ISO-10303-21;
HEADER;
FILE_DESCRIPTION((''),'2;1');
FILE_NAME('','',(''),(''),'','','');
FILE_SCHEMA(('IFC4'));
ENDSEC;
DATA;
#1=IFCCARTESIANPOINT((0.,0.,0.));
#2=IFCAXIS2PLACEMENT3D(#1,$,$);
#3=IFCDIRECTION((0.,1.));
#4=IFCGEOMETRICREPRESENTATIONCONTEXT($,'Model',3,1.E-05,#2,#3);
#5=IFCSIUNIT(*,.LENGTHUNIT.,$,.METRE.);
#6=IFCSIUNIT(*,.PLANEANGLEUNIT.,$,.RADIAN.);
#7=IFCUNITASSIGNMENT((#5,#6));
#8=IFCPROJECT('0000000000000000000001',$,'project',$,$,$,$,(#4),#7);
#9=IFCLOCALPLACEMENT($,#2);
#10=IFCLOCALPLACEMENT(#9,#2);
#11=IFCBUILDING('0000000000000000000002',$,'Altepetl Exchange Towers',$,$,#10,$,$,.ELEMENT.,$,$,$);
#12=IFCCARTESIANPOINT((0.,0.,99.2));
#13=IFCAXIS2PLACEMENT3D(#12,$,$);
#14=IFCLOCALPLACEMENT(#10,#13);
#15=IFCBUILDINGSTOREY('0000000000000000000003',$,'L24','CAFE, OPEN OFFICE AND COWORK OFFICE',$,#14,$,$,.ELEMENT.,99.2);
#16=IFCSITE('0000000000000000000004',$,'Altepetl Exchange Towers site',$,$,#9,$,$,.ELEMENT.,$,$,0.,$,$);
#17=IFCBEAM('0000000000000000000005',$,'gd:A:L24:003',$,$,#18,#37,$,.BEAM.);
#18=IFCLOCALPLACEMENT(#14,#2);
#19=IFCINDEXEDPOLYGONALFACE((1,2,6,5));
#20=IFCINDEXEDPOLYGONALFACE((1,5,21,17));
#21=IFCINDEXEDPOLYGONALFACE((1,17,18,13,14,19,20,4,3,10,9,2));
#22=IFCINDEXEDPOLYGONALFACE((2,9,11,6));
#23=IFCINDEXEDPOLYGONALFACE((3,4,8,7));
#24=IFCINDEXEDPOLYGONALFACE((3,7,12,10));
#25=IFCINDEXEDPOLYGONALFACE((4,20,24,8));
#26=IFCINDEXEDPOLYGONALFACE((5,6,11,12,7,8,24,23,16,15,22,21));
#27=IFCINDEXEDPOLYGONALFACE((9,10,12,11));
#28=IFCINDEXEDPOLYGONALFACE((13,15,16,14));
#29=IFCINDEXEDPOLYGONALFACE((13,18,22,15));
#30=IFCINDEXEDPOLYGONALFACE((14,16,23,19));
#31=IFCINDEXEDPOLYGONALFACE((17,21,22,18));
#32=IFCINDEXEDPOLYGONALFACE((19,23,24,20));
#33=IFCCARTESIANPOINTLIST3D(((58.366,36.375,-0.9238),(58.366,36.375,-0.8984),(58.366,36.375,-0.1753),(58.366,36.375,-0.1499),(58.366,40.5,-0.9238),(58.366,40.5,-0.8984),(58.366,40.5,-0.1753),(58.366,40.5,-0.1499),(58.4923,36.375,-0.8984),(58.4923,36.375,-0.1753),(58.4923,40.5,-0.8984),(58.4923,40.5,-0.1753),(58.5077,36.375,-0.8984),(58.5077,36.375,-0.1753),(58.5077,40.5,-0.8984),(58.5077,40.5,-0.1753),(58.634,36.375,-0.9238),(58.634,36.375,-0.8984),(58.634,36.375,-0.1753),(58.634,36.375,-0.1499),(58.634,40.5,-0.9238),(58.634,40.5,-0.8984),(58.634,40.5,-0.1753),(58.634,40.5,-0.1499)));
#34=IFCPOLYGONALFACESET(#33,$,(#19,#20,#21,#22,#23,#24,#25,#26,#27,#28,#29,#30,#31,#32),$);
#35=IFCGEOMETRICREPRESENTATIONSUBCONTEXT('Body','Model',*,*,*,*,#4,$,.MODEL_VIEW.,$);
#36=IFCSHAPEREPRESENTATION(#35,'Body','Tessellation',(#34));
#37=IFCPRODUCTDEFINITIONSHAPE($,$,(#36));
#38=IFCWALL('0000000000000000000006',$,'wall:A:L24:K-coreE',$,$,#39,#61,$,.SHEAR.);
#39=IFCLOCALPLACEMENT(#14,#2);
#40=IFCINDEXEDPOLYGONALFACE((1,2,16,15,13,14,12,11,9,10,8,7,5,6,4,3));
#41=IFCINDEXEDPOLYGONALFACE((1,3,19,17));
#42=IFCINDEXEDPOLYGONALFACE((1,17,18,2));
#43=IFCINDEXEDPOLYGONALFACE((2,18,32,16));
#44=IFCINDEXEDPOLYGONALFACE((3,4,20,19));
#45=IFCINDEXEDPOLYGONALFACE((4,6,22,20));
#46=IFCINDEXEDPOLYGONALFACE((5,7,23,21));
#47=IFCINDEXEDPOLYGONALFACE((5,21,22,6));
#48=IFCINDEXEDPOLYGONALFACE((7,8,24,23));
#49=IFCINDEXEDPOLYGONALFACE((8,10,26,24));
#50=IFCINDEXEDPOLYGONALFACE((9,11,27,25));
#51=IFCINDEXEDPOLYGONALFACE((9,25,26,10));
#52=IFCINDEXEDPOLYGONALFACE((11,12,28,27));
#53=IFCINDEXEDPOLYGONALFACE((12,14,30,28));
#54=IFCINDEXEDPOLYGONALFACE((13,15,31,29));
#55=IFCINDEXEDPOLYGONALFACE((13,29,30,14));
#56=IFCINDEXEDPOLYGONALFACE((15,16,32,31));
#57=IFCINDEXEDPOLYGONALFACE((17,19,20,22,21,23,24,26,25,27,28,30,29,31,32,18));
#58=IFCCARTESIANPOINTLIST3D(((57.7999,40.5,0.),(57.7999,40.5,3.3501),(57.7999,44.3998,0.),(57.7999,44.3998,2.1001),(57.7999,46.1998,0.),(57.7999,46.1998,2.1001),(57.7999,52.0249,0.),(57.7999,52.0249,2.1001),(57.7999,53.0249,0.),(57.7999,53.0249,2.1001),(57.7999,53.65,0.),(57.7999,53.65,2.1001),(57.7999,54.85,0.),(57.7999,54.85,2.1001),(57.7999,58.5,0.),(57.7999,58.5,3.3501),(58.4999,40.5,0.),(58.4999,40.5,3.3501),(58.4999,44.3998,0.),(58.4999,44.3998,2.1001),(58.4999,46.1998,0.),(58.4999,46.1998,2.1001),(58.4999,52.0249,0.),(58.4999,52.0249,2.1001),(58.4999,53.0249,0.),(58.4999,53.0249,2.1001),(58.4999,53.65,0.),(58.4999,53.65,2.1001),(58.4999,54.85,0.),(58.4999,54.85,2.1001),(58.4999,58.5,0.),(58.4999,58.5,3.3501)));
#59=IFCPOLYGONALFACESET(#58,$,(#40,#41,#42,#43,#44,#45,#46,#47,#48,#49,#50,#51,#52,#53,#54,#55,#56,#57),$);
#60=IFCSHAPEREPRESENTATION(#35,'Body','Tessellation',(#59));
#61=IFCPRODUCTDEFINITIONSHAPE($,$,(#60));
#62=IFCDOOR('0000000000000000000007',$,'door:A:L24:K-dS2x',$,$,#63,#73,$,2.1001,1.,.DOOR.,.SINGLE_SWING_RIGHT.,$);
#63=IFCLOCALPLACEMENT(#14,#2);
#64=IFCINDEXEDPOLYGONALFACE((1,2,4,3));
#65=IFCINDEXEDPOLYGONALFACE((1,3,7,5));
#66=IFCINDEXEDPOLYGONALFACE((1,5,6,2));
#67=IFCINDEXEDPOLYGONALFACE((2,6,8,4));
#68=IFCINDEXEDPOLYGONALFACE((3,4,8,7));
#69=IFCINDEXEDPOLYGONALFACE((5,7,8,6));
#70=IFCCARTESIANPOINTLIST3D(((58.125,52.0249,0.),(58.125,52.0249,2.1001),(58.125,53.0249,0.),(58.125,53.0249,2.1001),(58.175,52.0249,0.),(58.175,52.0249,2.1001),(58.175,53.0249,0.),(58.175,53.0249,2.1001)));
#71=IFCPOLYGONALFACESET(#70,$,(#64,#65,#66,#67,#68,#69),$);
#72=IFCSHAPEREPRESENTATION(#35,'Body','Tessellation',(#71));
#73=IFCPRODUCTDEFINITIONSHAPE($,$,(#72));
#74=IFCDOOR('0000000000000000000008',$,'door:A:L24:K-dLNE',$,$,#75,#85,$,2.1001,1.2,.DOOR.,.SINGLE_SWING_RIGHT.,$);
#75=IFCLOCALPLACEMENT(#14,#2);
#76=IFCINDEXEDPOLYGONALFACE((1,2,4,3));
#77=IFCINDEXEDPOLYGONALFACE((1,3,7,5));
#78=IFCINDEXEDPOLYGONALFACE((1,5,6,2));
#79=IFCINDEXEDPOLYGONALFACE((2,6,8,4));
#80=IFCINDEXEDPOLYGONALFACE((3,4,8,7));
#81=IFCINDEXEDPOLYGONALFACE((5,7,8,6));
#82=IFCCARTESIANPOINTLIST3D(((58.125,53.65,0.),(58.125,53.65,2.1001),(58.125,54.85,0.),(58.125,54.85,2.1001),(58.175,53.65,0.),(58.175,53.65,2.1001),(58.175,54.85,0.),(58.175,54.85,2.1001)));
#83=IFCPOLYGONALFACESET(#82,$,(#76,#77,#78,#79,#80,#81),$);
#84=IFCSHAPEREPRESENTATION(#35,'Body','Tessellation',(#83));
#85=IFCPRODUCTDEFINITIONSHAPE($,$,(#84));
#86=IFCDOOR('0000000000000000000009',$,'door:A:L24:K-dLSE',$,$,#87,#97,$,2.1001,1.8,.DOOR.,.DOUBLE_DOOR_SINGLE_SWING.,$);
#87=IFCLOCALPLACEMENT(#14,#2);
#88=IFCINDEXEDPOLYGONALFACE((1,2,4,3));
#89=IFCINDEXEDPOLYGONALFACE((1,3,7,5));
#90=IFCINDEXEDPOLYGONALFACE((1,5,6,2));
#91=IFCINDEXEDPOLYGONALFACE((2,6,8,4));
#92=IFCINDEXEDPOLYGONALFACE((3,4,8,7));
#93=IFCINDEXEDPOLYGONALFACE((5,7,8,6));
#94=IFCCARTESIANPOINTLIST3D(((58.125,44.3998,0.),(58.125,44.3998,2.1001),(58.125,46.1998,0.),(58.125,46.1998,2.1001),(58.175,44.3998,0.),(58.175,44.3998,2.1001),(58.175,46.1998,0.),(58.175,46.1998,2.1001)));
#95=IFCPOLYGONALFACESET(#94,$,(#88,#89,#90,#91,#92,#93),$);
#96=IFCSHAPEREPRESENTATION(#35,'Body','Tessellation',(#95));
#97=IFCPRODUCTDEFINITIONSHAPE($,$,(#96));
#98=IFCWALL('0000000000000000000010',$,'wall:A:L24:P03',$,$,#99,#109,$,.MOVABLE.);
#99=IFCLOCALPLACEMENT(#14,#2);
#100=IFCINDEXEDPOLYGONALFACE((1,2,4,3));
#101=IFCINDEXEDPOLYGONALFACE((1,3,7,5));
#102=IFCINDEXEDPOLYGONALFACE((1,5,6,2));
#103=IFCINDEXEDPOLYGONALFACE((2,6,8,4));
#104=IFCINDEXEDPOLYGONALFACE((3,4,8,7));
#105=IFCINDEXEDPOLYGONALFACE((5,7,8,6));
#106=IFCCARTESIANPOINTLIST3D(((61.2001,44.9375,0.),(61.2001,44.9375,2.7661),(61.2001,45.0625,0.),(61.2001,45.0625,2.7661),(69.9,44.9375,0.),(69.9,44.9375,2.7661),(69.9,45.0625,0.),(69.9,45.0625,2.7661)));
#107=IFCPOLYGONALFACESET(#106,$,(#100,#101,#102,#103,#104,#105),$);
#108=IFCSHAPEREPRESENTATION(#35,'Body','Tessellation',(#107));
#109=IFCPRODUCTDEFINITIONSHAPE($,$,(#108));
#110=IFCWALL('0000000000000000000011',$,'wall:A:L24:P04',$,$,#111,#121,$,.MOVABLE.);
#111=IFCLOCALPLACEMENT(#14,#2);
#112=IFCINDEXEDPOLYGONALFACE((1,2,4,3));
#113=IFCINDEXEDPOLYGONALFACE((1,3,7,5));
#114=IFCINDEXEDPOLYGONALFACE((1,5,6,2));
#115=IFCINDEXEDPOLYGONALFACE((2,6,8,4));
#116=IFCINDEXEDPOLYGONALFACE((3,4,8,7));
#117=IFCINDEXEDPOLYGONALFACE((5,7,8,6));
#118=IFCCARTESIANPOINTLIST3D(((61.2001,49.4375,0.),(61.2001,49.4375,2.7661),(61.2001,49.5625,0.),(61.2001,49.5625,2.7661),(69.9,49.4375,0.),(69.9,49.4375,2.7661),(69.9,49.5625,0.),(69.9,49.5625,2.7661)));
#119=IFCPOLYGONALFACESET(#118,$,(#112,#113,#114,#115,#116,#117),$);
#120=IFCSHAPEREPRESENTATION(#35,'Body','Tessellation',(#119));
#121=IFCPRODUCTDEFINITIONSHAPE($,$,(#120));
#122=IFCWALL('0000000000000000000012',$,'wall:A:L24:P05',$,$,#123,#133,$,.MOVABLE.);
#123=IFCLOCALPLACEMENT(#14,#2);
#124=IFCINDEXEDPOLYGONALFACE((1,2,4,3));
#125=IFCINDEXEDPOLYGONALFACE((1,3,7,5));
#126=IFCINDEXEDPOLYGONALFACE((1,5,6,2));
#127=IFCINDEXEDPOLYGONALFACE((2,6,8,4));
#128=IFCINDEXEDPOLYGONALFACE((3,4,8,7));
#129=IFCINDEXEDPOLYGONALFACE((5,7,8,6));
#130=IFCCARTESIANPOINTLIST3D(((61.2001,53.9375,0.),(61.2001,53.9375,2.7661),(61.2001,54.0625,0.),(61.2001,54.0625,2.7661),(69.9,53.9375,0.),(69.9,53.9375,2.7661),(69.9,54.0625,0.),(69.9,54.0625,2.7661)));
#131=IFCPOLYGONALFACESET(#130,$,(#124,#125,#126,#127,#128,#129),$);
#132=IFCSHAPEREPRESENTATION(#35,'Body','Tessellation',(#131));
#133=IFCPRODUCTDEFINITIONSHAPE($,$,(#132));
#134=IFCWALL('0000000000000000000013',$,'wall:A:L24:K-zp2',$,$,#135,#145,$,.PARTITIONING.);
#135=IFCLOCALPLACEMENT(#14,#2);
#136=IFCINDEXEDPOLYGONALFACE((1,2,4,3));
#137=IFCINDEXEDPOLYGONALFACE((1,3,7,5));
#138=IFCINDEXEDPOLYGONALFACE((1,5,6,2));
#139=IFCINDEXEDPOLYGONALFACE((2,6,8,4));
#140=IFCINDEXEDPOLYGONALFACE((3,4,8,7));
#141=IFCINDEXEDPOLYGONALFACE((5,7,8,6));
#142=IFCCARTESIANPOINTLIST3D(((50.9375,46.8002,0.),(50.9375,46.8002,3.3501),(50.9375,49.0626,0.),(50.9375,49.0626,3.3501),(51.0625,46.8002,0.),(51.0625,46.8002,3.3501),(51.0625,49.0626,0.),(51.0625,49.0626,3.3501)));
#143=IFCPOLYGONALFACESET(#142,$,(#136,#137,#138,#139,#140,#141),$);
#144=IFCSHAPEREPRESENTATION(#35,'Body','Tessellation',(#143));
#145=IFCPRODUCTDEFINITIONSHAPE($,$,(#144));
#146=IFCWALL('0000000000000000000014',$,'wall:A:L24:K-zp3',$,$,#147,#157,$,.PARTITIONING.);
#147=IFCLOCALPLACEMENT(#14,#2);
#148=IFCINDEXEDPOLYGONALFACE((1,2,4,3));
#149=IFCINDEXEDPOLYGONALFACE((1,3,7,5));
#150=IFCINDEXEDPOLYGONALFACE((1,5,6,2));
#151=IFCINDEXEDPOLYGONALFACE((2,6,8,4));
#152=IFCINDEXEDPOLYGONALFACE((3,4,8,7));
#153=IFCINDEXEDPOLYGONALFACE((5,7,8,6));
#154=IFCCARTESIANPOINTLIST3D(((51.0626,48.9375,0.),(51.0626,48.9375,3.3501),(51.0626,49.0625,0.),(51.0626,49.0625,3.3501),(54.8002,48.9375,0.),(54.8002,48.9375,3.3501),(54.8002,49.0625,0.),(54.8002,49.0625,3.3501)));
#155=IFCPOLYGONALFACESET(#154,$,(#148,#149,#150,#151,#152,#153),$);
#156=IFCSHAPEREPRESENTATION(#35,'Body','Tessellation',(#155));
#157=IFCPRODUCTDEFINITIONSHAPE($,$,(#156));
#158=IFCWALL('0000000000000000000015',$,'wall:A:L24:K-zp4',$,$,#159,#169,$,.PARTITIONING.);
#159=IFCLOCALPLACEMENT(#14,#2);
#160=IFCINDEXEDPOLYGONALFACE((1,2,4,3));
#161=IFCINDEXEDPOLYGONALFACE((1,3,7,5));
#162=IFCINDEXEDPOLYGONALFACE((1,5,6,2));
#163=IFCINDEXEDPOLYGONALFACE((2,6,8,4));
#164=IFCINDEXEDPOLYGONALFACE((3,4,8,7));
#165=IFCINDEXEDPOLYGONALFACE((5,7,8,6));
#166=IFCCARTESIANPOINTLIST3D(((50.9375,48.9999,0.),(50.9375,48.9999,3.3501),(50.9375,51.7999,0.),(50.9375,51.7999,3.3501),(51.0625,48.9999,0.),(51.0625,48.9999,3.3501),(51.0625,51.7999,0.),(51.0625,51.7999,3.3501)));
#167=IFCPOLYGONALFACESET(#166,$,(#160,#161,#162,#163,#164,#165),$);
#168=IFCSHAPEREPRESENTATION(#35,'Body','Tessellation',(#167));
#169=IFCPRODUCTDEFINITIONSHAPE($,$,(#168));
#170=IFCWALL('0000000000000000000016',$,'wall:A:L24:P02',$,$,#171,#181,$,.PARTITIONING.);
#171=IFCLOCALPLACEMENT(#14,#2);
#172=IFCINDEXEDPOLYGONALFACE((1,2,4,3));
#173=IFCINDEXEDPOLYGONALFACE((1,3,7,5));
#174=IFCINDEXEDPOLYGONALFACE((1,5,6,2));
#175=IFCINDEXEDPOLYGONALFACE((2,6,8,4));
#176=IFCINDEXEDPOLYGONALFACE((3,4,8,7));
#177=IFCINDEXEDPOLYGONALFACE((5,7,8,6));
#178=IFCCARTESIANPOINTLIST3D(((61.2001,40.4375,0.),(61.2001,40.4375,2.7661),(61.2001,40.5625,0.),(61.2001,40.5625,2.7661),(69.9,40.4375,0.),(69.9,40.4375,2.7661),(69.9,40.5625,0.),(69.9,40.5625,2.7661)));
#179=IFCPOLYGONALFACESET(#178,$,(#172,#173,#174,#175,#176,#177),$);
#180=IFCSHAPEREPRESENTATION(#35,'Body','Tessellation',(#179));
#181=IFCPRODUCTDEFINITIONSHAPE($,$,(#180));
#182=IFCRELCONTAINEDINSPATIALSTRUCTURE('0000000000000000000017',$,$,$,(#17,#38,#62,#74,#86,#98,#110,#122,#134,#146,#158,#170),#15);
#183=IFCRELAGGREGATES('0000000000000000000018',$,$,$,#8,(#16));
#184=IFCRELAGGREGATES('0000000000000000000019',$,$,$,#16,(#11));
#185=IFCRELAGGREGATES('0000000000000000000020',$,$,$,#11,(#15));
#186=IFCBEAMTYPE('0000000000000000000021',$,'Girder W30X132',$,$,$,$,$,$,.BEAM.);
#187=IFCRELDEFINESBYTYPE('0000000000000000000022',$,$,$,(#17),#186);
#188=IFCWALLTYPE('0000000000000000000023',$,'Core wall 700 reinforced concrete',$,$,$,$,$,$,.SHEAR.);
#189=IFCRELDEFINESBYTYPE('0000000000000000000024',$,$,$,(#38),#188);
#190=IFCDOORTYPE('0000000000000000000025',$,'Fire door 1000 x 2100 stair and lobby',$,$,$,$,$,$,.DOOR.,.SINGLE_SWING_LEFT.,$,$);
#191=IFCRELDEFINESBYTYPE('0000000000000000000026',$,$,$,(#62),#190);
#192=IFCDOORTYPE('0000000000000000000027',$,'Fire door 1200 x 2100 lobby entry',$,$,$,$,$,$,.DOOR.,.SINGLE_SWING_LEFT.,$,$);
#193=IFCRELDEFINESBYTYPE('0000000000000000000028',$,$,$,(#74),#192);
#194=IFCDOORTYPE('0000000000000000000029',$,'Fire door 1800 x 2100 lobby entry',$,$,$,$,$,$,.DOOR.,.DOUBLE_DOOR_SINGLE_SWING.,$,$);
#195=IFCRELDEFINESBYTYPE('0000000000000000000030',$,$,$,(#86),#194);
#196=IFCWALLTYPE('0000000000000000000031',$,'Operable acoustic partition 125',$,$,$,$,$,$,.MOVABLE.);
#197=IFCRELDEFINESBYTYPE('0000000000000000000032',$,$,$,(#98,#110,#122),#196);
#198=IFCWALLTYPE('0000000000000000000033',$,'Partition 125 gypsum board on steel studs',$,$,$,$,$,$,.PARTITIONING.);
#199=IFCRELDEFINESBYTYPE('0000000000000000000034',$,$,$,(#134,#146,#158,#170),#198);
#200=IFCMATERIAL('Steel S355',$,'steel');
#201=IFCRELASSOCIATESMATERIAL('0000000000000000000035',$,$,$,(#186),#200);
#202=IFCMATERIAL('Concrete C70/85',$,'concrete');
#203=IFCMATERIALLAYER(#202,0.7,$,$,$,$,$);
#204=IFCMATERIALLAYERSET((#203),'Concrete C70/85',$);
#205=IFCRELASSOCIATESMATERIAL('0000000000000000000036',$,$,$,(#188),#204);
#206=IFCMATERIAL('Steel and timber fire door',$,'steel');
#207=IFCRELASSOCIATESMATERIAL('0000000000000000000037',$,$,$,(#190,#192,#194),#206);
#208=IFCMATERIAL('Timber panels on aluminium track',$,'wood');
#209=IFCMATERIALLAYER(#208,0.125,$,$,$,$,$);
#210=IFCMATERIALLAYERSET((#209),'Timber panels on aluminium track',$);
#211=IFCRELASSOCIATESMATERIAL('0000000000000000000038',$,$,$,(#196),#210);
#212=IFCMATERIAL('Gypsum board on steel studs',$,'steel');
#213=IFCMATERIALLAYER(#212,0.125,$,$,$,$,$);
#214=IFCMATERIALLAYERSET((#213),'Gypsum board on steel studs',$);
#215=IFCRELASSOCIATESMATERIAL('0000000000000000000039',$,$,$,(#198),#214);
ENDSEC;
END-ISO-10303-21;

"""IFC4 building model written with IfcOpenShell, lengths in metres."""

from ifc_helpers import new_model, si_unit, direction, frame, frame_2d, origin, origin_2d, place, context, subcontext, project, spatial, rectangle, i_section, extrude, material, layer, layer_set, material_profile, profile_set, type_object, element, fill, save


model = new_model("IFC4")

# Units and contexts
model_context = context("Model", 3, precision=1e-05, world=origin(), true_north=direction((0.0, 1.0)))
body_context = subcontext(model_context, "Body", "Model", "MODEL_VIEW")
ifc_project = project(units=[si_unit("LENGTHUNIT", "METRE"), si_unit("PLANEANGLEUNIT", "RADIAN")], contexts=[model_context])

# Site, building, storey
site_placement = place(None, origin())
site = spatial("IfcSite", under=ifc_project, at=site_placement, Name="Altepetl Exchange Towers site", CompositionType="ELEMENT", RefElevation=0.0)
building_placement = place(site_placement, origin())
building = spatial("IfcBuilding", under=site, at=building_placement, Name="Altepetl Exchange Towers", CompositionType="ELEMENT")
storey_placement = place(building_placement, frame((0.0, 0.0, 99.2)))
storey = spatial("IfcBuildingStorey", under=building, at=storey_placement, Name="L24", Description="CAFE, OPEN OFFICE AND COWORK OFFICE", CompositionType="ELEMENT", Elevation=99.2)

# Shared definitions
ifc_material_1 = material(Name="Concrete C70/85", Category="concrete")

# Beam
ifc_material_2 = material(Name="Steel S355", Category="steel")
ifc_material_profile_1 = material_profile(ifc_material_2, i_section(OverallWidth=0.2681, OverallDepth=0.7739, WebThickness=0.0154, FlangeThickness=0.0254, at=origin_2d()), Name="W30X132")
ifc_profile_set_1 = profile_set([ifc_material_profile_1], Name="Steel S355")
beam_type_1 = type_object("IfcBeamType", Name="Girder W30X132", PredefinedType="BEAM", material=ifc_profile_set_1)
beam_1_placement = place(storey_placement, frame((58.5, 40.5, -0.5369), z_axis=(0.0, -1.0, 0.0), x_axis=(1.0, 0.0, 0.0)))
element("IfcBeam", 1, at=beam_1_placement, inside=storey, type_object=beam_type_1, Name="gd:A:L24:003", PredefinedType="BEAM", context=body_context, shape_type="SweptSolid", body=[
    extrude(i_section(OverallWidth=0.2681, OverallDepth=0.7739, WebThickness=0.0154, FlangeThickness=0.0254, at=origin_2d()), origin(), (0.0, 0.0, 1.0), 4.125),
])

# Wall, openings, doors
ifc_layer_1 = layer(ifc_material_1, 0.7)
ifc_layer_set_1 = layer_set([ifc_layer_1], Name="Concrete C70/85")
wall_type_1 = type_object("IfcWallType", Name="Core wall 700 reinforced concrete", PredefinedType="SHEAR", material=ifc_layer_set_1)
wall_1_placement = place(storey_placement, frame((58.1499, 40.5, 0.0), z_axis=(0.0, 0.0, 1.0), x_axis=(0.0, 1.0, 0.0)))
wall_1 = element("IfcWall", 2, at=wall_1_placement, inside=storey, type_object=wall_type_1, Name="wall:A:L24:K-coreE", PredefinedType="SHEAR", context=body_context, shape_type="SweptSolid", body=[
    extrude(rectangle(XDim=18.0, YDim=0.7, at=frame_2d((9.0, 0.0))), origin(), (0.0, 0.0, 1.0), 3.3501),
])
opening_1_placement = place(wall_1_placement, frame((13.1499, 0.0, 0.0)))
opening_1 = element("IfcOpeningElement", 3, at=opening_1_placement, cuts=wall_1, PredefinedType="OPENING", context=body_context, shape_type="SweptSolid", body=[
    extrude(rectangle(XDim=1.2, YDim=2.1001, at=frame_2d((0.6001, 1.05))), frame((0.0, 0.3599, 0.0), z_axis=(0.0, -1.0, 0.0), x_axis=(1.0, 0.0, 0.0)), (0.0, 0.0, 1.0), 0.72),
])
opening_2_placement = place(wall_1_placement, frame((3.8999, 0.0, 0.0)))
opening_2 = element("IfcOpeningElement", 4, at=opening_2_placement, cuts=wall_1, PredefinedType="OPENING", context=body_context, shape_type="SweptSolid", body=[
    extrude(rectangle(XDim=1.8, YDim=2.1001, at=frame_2d((0.8999, 1.05))), frame((0.0, 0.3599, 0.0), z_axis=(0.0, -1.0, 0.0), x_axis=(1.0, 0.0, 0.0)), (0.0, 0.0, 1.0), 0.72),
])
opening_3_placement = place(wall_1_placement, frame((11.5249, 0.0, 0.0)))
opening_3 = element("IfcOpeningElement", 5, at=opening_3_placement, cuts=wall_1, PredefinedType="OPENING", context=body_context, shape_type="SweptSolid", body=[
    extrude(rectangle(XDim=1.0, YDim=2.1001, at=frame_2d((0.5, 1.05))), frame((0.0, 0.3599, 0.0), z_axis=(0.0, -1.0, 0.0), x_axis=(1.0, 0.0, 0.0)), (0.0, 0.0, 1.0), 0.72),
])
ifc_material_3 = material(Name="Steel and timber fire door", Category="steel")
door_type_1 = type_object("IfcDoorType", Name="Fire door 1000 x 2100 stair and lobby", OperationType="SINGLE_SWING_LEFT", PredefinedType="DOOR", material=ifc_material_3)
door_1_placement = place(opening_3_placement, origin())
door_1 = element("IfcDoor", 6, at=door_1_placement, inside=storey, type_object=door_type_1, Name="door:A:L24:K-dS2x", OperationType="SINGLE_SWING_RIGHT", OverallHeight=2.1001, OverallWidth=1.0, PredefinedType="DOOR", context=body_context, shape_type="SweptSolid", body=[
    extrude(rectangle(XDim=1.0, YDim=2.1001, at=frame_2d((0.5, 1.05))), frame((0.0, 0.0249, 0.0), z_axis=(0.0, -1.0, 0.0), x_axis=(1.0, 0.0, 0.0)), (0.0, 0.0, 1.0), 0.05),
])
fill(opening_3, door_1)
door_type_2 = type_object("IfcDoorType", Name="Fire door 1200 x 2100 lobby entry", OperationType="SINGLE_SWING_LEFT", PredefinedType="DOOR", material=ifc_material_3)
door_2_placement = place(opening_1_placement, origin())
door_2 = element("IfcDoor", 7, at=door_2_placement, inside=storey, type_object=door_type_2, Name="door:A:L24:K-dLNE", OperationType="SINGLE_SWING_RIGHT", OverallHeight=2.1001, OverallWidth=1.2, PredefinedType="DOOR", context=body_context, shape_type="SweptSolid", body=[
    extrude(rectangle(XDim=1.2, YDim=2.1001, at=frame_2d((0.6001, 1.05))), frame((0.0, 0.0249, 0.0), z_axis=(0.0, -1.0, 0.0), x_axis=(1.0, 0.0, 0.0)), (0.0, 0.0, 1.0), 0.05),
])
fill(opening_1, door_2)
door_type_3 = type_object("IfcDoorType", Name="Fire door 1800 x 2100 lobby entry", OperationType="DOUBLE_DOOR_SINGLE_SWING", PredefinedType="DOOR", material=ifc_material_3)
door_3_placement = place(opening_2_placement, origin())
door_3 = element("IfcDoor", 8, at=door_3_placement, inside=storey, type_object=door_type_3, Name="door:A:L24:K-dLSE", OperationType="DOUBLE_DOOR_SINGLE_SWING", OverallHeight=2.1001, OverallWidth=1.8, PredefinedType="DOOR", context=body_context, shape_type="SweptSolid", body=[
    extrude(rectangle(XDim=1.8, YDim=2.1001, at=frame_2d((0.8999, 1.05))), frame((0.0, 0.0249, 0.0), z_axis=(0.0, -1.0, 0.0), x_axis=(1.0, 0.0, 0.0)), (0.0, 0.0, 1.0), 0.05),
])
fill(opening_2, door_3)

# Walls
ifc_material_4 = material(Name="Timber panels on aluminium track", Category="wood")
ifc_layer_2 = layer(ifc_material_4, 0.125)
ifc_layer_set_2 = layer_set([ifc_layer_2], Name="Timber panels on aluminium track")
wall_type_2 = type_object("IfcWallType", Name="Operable acoustic partition 125", PredefinedType="MOVABLE", material=ifc_layer_set_2)
for number, where, name in (
    (9, (61.2, 45.0, 0.0), "wall:A:L24:P03"),
    (10, (61.2, 49.5, 0.0), "wall:A:L24:P04"),
    (11, (61.2, 54.0, 0.0), "wall:A:L24:P05"),
):
    element("IfcWall", number, at=place(storey_placement, frame(where)), inside=storey, type_object=wall_type_2, Name=name, PredefinedType="MOVABLE", context=body_context, shape_type="SweptSolid", body=[
        extrude(rectangle(XDim=8.7, YDim=0.125, at=frame_2d((4.3501, 0.0))), origin(), (0.0, 0.0, 1.0), 2.7661),
    ])
ifc_material_5 = material(Name="Gypsum board on steel studs", Category="steel")
ifc_layer_3 = layer(ifc_material_5, 0.125)
ifc_layer_set_3 = layer_set([ifc_layer_3], Name="Gypsum board on steel studs")
wall_type_3 = type_object("IfcWallType", Name="Partition 125 gypsum board on steel studs", PredefinedType="PARTITIONING", material=ifc_layer_set_3)
wall_2_placement = place(storey_placement, frame((51.0, 46.8, 0.0), z_axis=(0.0, 0.0, 1.0), x_axis=(0.0, 1.0, 0.0)))
element("IfcWall", 12, at=wall_2_placement, inside=storey, type_object=wall_type_3, Name="wall:A:L24:K-zp2", PredefinedType="PARTITIONING", context=body_context, shape_type="SweptSolid", body=[
    extrude(rectangle(XDim=2.2625, YDim=0.125, at=frame_2d((1.1313, 0.0))), origin(), (0.0, 0.0, 1.0), 3.3501),
])
wall_3_placement = place(storey_placement, frame((54.8, 49.0, 0.0), z_axis=(0.0, 0.0, 1.0), x_axis=(-1.0, 0.0, 0.0)))
element("IfcWall", 13, at=wall_3_placement, inside=storey, type_object=wall_type_3, Name="wall:A:L24:K-zp3", PredefinedType="PARTITIONING", context=body_context, shape_type="SweptSolid", body=[
    extrude(rectangle(XDim=3.7375, YDim=0.125, at=frame_2d((1.8687, 0.0))), origin(), (0.0, 0.0, 1.0), 3.3501),
])
wall_4_placement = place(storey_placement, frame((51.0, 49.0, 0.0), z_axis=(0.0, 0.0, 1.0), x_axis=(0.0, 1.0, 0.0)))
element("IfcWall", 14, at=wall_4_placement, inside=storey, type_object=wall_type_3, Name="wall:A:L24:K-zp4", PredefinedType="PARTITIONING", context=body_context, shape_type="SweptSolid", body=[
    extrude(rectangle(XDim=2.8, YDim=0.125, at=frame_2d((1.3999, 0.0))), origin(), (0.0, 0.0, 1.0), 3.3501),
])
wall_5_placement = place(storey_placement, frame((61.2, 40.5, 0.0)))
element("IfcWall", 15, at=wall_5_placement, inside=storey, type_object=wall_type_3, Name="wall:A:L24:P02", PredefinedType="PARTITIONING", context=body_context, shape_type="SweptSolid", body=[
    extrude(rectangle(XDim=8.7, YDim=0.125, at=frame_2d((4.3501, 0.0))), origin(), (0.0, 0.0, 1.0), 2.7661),
])

save(model, "model.ifc")
